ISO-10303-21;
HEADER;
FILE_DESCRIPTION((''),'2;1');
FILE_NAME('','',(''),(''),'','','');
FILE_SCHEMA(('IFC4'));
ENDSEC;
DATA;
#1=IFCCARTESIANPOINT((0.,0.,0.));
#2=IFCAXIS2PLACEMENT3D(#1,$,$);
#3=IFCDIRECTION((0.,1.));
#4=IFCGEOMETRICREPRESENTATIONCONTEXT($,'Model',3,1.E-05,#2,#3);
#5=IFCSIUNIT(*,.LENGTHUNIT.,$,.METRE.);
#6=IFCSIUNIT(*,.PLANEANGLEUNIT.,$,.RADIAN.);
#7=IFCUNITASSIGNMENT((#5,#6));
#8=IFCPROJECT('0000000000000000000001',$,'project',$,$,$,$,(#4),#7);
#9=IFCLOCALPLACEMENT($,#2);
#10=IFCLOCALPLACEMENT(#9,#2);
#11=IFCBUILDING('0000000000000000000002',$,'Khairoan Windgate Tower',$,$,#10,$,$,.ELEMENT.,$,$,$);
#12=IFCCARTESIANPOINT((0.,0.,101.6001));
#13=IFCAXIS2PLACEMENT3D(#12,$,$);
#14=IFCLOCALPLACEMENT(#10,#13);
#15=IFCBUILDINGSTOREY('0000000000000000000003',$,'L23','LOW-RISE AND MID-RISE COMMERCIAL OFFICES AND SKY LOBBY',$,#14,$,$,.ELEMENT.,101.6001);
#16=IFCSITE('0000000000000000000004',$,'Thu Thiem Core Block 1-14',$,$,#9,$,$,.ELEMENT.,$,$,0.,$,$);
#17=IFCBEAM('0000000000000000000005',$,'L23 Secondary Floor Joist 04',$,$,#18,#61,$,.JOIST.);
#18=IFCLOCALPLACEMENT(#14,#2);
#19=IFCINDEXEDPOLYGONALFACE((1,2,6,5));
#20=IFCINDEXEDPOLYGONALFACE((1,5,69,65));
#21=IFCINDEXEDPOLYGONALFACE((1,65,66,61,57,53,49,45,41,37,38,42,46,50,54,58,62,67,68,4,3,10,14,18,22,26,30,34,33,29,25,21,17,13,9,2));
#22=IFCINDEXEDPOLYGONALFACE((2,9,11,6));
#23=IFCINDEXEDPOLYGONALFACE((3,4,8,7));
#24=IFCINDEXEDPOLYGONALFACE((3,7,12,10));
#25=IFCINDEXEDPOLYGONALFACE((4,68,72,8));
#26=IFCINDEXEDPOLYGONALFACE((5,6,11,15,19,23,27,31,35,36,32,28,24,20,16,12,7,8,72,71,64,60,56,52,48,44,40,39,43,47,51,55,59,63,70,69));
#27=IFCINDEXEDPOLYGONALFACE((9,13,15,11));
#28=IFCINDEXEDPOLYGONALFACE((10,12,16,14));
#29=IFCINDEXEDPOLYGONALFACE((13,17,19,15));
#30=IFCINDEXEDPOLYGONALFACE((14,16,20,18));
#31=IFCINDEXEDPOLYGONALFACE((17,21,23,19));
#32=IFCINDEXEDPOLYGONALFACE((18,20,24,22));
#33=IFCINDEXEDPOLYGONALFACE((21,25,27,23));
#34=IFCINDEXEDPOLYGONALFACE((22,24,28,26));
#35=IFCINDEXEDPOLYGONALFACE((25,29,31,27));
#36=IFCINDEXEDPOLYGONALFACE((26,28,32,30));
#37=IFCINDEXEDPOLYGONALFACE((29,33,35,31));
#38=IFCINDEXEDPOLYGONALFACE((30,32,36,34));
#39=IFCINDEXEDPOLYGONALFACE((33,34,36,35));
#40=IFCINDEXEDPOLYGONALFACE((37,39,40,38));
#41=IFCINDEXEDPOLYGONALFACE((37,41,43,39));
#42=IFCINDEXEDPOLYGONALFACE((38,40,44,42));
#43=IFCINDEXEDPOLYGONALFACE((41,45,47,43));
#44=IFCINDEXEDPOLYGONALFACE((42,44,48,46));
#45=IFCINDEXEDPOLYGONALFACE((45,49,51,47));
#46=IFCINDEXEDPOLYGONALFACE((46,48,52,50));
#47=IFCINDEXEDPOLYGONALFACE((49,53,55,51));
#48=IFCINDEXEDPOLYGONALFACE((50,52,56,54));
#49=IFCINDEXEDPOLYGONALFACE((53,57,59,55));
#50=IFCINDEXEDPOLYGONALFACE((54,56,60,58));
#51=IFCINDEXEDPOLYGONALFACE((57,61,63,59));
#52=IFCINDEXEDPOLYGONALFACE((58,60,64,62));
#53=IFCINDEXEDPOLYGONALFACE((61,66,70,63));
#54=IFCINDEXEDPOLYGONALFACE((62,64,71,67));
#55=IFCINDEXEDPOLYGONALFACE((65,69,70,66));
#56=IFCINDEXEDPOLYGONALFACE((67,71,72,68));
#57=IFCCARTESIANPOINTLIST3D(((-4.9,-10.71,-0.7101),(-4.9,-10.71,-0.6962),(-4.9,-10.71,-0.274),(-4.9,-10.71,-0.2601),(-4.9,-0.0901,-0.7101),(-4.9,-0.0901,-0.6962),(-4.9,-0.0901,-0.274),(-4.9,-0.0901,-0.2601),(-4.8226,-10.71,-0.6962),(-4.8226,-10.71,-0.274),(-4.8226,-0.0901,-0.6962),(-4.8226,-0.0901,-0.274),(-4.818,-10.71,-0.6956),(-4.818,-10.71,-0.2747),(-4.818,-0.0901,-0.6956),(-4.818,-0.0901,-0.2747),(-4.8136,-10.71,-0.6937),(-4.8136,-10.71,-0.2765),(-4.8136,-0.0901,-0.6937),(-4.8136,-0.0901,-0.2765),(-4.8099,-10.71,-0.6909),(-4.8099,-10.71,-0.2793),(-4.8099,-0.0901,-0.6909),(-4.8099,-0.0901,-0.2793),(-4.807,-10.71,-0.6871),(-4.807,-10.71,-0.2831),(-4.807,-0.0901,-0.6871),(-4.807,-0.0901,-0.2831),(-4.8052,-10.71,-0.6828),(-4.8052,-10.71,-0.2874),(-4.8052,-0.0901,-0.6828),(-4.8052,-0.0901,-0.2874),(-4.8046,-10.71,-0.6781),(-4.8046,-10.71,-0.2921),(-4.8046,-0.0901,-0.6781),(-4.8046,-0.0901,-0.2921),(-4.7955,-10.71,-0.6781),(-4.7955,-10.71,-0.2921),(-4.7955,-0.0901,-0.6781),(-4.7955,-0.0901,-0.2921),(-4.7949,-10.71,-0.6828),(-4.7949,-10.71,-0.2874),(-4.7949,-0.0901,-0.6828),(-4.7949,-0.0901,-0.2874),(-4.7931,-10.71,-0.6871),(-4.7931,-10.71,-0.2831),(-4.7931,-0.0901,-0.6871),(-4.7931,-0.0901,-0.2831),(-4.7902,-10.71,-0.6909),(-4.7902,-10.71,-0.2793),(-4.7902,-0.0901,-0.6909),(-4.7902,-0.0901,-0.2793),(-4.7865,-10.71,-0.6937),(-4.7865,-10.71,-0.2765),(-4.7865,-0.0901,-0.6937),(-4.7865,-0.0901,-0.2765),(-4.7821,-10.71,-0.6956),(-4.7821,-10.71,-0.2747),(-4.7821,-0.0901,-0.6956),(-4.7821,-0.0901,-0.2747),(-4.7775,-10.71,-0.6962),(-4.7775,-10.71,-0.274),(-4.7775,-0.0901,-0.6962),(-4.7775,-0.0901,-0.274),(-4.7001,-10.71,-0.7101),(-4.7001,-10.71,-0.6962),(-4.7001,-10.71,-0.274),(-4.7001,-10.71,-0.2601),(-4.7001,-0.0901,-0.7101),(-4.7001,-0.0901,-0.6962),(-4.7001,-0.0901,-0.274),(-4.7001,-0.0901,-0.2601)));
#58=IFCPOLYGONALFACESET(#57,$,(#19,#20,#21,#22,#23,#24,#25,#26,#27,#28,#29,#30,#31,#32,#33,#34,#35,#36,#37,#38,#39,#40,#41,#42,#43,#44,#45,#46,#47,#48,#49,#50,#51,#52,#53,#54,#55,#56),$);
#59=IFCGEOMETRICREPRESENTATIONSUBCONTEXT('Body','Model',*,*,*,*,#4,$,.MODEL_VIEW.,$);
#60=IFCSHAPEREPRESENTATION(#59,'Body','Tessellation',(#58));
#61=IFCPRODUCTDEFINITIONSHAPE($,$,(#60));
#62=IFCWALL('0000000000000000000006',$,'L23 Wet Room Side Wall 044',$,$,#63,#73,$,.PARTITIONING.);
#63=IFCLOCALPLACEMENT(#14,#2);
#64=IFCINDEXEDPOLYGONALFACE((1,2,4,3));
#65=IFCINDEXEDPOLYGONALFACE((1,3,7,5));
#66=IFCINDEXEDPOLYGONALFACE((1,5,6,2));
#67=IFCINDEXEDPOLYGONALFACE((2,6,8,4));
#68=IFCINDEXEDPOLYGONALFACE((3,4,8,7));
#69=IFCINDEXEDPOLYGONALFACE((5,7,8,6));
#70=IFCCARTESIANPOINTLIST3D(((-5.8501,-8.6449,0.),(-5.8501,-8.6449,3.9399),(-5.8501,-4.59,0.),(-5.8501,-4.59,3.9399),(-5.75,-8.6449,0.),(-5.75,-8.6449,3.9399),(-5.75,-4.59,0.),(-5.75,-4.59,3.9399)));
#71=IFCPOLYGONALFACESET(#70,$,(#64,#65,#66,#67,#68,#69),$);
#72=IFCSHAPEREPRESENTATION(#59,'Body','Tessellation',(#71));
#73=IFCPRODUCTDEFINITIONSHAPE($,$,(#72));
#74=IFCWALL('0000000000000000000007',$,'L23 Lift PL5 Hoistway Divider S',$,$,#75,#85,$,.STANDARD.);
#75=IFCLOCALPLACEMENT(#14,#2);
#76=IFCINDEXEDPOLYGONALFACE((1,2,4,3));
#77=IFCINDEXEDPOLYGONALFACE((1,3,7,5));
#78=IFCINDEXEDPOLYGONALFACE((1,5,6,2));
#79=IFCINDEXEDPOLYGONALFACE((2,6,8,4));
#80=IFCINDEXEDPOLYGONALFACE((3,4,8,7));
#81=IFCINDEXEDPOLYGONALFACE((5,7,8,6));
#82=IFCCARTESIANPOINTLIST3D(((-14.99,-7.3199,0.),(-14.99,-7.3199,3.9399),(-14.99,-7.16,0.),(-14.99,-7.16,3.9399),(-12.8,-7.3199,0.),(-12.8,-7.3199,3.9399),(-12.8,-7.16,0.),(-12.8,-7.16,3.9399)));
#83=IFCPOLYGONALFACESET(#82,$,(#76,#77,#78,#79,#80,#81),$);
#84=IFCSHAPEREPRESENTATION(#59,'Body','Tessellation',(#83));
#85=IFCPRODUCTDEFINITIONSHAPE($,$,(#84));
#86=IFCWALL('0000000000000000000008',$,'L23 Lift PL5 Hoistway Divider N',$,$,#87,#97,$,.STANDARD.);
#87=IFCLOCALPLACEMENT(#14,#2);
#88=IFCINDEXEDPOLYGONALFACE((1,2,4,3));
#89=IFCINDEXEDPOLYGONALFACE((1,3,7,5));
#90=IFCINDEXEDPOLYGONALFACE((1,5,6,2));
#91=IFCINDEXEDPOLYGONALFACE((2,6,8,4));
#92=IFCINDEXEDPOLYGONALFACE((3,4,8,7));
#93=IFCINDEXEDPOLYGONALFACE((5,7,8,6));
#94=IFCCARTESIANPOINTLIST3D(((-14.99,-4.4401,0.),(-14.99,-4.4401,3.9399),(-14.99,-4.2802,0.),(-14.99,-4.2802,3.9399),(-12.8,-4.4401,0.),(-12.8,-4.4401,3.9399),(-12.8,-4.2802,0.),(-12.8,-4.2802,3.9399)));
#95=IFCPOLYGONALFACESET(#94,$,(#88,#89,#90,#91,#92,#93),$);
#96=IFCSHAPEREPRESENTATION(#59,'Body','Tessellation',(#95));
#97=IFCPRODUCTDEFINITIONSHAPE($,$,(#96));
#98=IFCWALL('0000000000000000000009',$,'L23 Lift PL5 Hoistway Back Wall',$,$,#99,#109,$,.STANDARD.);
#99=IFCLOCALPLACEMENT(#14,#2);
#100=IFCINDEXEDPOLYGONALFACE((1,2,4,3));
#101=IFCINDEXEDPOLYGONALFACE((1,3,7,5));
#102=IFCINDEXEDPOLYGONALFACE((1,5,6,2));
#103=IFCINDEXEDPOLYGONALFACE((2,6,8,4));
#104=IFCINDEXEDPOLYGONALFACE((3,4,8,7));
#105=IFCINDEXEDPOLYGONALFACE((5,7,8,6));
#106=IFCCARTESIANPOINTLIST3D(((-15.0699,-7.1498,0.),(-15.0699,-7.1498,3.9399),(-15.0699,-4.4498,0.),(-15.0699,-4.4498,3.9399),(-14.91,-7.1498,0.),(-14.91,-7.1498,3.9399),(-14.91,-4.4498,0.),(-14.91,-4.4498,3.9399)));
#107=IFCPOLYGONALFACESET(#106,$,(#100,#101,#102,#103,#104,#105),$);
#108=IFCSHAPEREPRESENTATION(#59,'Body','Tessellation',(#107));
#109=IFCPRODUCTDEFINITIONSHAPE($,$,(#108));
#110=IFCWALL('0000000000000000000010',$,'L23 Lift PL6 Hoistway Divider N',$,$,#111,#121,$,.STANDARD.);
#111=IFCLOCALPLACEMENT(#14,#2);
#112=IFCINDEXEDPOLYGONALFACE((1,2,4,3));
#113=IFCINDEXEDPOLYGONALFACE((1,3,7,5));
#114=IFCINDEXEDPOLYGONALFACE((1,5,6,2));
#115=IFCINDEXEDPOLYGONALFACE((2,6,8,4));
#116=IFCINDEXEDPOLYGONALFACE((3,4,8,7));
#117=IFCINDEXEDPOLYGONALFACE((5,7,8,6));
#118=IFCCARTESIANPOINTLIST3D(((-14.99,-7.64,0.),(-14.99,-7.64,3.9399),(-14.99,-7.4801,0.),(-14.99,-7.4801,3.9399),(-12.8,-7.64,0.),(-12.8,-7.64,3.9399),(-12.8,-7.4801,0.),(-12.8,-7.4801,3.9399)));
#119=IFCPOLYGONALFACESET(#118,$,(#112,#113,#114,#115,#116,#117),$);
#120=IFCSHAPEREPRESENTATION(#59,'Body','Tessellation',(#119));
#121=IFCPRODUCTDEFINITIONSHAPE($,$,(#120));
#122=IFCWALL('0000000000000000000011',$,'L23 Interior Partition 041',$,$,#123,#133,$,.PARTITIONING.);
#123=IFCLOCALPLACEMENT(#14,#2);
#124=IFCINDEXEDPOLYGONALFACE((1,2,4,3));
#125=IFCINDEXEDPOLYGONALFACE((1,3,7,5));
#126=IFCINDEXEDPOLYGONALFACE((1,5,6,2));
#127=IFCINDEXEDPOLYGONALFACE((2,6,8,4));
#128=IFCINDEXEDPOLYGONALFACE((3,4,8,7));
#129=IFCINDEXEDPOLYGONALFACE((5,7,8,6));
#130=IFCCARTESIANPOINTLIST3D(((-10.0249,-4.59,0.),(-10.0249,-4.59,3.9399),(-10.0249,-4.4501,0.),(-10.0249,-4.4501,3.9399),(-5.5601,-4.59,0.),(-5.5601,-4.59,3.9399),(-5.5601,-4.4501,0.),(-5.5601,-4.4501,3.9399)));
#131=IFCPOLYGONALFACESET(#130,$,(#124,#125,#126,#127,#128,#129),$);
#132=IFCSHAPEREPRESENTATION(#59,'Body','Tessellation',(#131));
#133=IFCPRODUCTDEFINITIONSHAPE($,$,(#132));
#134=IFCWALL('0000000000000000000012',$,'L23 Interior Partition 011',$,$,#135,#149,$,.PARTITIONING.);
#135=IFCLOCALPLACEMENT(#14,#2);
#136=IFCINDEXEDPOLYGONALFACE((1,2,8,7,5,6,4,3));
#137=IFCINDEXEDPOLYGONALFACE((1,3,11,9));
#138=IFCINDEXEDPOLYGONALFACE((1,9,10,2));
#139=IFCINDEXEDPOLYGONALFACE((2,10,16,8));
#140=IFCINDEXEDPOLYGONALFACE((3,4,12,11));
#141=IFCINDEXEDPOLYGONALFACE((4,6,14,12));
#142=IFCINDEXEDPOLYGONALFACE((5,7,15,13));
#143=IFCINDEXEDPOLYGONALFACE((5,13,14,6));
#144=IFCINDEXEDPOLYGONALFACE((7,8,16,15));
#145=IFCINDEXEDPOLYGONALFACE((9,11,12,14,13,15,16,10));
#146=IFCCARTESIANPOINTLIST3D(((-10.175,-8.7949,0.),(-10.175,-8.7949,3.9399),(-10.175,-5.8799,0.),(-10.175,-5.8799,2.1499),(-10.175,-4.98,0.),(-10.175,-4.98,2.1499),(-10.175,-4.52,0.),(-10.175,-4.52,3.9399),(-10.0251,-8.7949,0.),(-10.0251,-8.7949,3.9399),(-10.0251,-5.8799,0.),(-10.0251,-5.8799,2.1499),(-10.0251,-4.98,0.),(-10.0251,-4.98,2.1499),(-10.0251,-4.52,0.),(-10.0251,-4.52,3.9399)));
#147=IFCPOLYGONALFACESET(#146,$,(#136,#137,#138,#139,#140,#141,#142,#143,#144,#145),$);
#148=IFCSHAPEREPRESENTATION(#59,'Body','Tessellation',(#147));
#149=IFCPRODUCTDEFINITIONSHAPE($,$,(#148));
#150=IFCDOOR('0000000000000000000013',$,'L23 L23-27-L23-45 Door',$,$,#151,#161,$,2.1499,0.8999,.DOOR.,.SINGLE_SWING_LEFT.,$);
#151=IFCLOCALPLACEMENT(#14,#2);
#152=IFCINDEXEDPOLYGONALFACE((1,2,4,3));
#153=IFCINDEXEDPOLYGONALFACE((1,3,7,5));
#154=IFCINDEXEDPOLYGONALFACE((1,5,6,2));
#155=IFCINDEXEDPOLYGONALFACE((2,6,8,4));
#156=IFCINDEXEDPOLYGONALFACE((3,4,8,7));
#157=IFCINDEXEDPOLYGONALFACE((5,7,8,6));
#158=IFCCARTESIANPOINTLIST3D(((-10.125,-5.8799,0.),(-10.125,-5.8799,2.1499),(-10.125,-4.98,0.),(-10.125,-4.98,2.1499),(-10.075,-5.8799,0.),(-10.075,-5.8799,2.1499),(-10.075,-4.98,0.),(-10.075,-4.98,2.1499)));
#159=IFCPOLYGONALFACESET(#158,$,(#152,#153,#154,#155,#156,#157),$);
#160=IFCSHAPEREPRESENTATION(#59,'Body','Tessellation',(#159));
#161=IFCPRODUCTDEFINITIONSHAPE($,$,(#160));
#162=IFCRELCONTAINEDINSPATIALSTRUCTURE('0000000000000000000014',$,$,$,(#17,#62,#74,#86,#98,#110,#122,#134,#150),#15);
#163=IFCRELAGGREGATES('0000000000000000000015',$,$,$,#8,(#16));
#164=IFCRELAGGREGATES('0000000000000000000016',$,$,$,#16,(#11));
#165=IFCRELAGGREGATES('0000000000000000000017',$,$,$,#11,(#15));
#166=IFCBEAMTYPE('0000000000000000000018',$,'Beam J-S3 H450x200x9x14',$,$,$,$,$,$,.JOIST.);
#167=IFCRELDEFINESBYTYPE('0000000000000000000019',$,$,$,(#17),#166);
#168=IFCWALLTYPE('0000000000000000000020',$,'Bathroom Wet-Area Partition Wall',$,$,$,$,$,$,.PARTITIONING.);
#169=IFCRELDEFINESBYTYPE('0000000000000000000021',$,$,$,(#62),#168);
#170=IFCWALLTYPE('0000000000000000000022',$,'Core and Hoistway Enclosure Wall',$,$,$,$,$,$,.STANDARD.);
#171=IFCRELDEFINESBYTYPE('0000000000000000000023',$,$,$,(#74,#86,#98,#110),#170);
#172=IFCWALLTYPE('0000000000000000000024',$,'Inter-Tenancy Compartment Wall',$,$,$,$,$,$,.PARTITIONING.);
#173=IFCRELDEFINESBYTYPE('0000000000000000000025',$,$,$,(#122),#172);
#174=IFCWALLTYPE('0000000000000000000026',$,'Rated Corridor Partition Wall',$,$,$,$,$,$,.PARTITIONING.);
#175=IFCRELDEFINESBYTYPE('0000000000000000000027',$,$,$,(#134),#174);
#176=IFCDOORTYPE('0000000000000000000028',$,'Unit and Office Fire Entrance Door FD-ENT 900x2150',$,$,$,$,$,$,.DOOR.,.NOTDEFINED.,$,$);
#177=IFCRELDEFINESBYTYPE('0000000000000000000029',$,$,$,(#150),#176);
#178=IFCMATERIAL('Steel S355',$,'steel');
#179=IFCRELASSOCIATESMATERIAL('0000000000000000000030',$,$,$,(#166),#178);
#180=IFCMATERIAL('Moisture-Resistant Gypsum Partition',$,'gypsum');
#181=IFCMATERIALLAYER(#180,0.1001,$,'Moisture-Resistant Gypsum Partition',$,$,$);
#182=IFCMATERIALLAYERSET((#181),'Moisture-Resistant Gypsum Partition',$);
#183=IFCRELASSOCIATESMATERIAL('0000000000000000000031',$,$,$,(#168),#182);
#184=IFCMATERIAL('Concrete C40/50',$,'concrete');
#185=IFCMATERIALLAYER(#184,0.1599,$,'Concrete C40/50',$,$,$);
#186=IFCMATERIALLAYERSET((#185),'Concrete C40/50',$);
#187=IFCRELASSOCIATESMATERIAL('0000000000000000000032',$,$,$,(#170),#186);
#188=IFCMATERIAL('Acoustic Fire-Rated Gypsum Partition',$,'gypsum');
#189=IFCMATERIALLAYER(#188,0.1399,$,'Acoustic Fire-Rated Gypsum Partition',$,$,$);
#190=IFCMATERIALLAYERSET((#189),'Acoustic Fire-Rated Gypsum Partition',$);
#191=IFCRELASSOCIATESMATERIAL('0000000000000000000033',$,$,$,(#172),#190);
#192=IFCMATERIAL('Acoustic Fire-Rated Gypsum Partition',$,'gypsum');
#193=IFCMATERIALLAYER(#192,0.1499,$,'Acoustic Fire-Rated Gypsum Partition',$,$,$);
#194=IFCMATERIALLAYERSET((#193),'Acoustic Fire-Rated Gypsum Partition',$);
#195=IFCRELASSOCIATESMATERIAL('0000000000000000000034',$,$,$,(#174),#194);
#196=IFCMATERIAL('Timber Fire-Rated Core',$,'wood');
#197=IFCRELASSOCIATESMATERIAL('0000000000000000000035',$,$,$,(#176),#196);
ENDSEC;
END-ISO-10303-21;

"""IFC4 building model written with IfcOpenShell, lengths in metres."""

from ifc_helpers import new_model, si_unit, direction, frame, frame_2d, origin, origin_2d, place, context, subcontext, project, spatial, rectangle, i_section, extrude, material, layer, layer_set, material_profile, profile_set, type_object, element, fill, save


model = new_model("IFC4")

# Units and contexts
model_context = context("Model", 3, precision=1e-05, world=origin(), true_north=direction((0.0, 1.0)))
body_context = subcontext(model_context, "Body", "Model", "MODEL_VIEW")
ifc_project = project(units=[si_unit("LENGTHUNIT", "METRE"), si_unit("PLANEANGLEUNIT", "RADIAN")], contexts=[model_context])

# Site, building, storey
site_placement = place(None, origin())
site = spatial("IfcSite", under=ifc_project, at=site_placement, Name="Thu Thiem Core Block 1-14", CompositionType="ELEMENT", RefElevation=0.0)
building_placement = place(site_placement, origin())
building = spatial("IfcBuilding", under=site, at=building_placement, Name="Khairoan Windgate Tower", CompositionType="ELEMENT")
storey_placement = place(building_placement, frame((0.0, 0.0, 101.6001)))
storey = spatial("IfcBuildingStorey", under=building, at=storey_placement, Name="L23", Description="LOW-RISE AND MID-RISE COMMERCIAL OFFICES AND SKY LOBBY", CompositionType="ELEMENT", Elevation=101.6001)

# Beam
ifc_material_1 = material(Name="Steel S355", Category="steel")
ifc_material_profile_1 = material_profile(ifc_material_1, i_section(OverallWidth=0.2, OverallDepth=0.45, WebThickness=0.009, FlangeThickness=0.0139, FilletRadius=0.0181, at=origin_2d()))
ifc_profile_set_1 = profile_set([ifc_material_profile_1], Name="Steel S355")
beam_type_1 = type_object("IfcBeamType", Name="Beam J-S3 H450x200x9x14", PredefinedType="JOIST", material=ifc_profile_set_1)
beam_1_placement = place(storey_placement, frame((-4.8, -10.71, -0.4851), z_axis=(0.0, 1.0, 0.0), x_axis=(-1.0, 0.0, 0.0)))
element("IfcBeam", 1, at=beam_1_placement, inside=storey, type_object=beam_type_1, Name="L23 Secondary Floor Joist 04", PredefinedType="JOIST", context=body_context, shape_type="SweptSolid", body=[
    extrude(i_section(OverallWidth=0.2, OverallDepth=0.45, WebThickness=0.009, FlangeThickness=0.0139, FilletRadius=0.0181, at=origin_2d()), origin(), (0.0, 0.0, 1.0), 10.6199),
])

# Walls
ifc_material_2 = material(Name="Moisture-Resistant Gypsum Partition", Category="gypsum")
ifc_layer_1 = layer(ifc_material_2, 0.1001, Name="Moisture-Resistant Gypsum Partition")
ifc_layer_set_1 = layer_set([ifc_layer_1], Name="Moisture-Resistant Gypsum Partition")
wall_type_1 = type_object("IfcWallType", Name="Bathroom Wet-Area Partition Wall", PredefinedType="PARTITIONING", material=ifc_layer_set_1)
wall_1_placement = place(storey_placement, frame((-5.8, -4.5901, 0.0), z_axis=(0.0, 0.0, 1.0), x_axis=(0.0, -1.0, 0.0)))
element("IfcWall", 2, at=wall_1_placement, inside=storey, type_object=wall_type_1, Name="L23 Wet Room Side Wall 044", PredefinedType="PARTITIONING", context=body_context, shape_type="SweptSolid", body=[
    extrude(rectangle(XDim=4.0549, YDim=0.1001, at=frame_2d((2.0273, 0.0))), origin(), (0.0, 0.0, 1.0), 3.9399),
])
ifc_material_3 = material(Name="Concrete C40/50", Category="concrete")
ifc_layer_2 = layer(ifc_material_3, 0.1599, Name="Concrete C40/50")
ifc_layer_set_2 = layer_set([ifc_layer_2], Name="Concrete C40/50")
wall_type_2 = type_object("IfcWallType", Name="Core and Hoistway Enclosure Wall", PredefinedType="STANDARD", material=ifc_layer_set_2)
for number, where, z_axis, x_axis, name in (
    (3, (-14.99, -7.24, 0.0), (0.0, 0.0, 1.0), (1.0, 0.0, 0.0), "L23 Lift PL5 Hoistway Divider S"),
    (4, (-14.99, -4.3601, 0.0), (0.0, 0.0, 1.0), (1.0, 0.0, 0.0), "L23 Lift PL5 Hoistway Divider N"),
):
    element("IfcWall", number, at=place(storey_placement, frame(where, z_axis=z_axis, x_axis=x_axis)), inside=storey, type_object=wall_type_2, Name=name, PredefinedType="STANDARD", context=body_context, shape_type="SweptSolid", body=[
        extrude(rectangle(XDim=2.1899, YDim=0.1599, at=frame_2d((1.095, 0.0))), origin(), (0.0, 0.0, 1.0), 3.9399),
    ])
wall_2_placement = place(storey_placement, frame((-14.99, -7.1499, 0.0), z_axis=(0.0, 0.0, 1.0), x_axis=(0.0, 1.0, 0.0)))
element("IfcWall", 5, at=wall_2_placement, inside=storey, type_object=wall_type_2, Name="L23 Lift PL5 Hoistway Back Wall", PredefinedType="STANDARD", context=body_context, shape_type="SweptSolid", body=[
    extrude(rectangle(XDim=2.7, YDim=0.1599, at=frame_2d((1.3501, 0.0))), origin(), (0.0, 0.0, 1.0), 3.9399),
])
wall_3_placement = place(storey_placement, frame((-14.99, -7.5601, 0.0), z_axis=(0.0, 0.0, 1.0), x_axis=(1.0, 0.0, 0.0)))
element("IfcWall", 6, at=wall_3_placement, inside=storey, type_object=wall_type_2, Name="L23 Lift PL6 Hoistway Divider N", PredefinedType="STANDARD", context=body_context, shape_type="SweptSolid", body=[
    extrude(rectangle(XDim=2.1899, YDim=0.1599, at=frame_2d((1.095, 0.0))), origin(), (0.0, 0.0, 1.0), 3.9399),
])
ifc_material_4 = material(Name="Acoustic Fire-Rated Gypsum Partition", Category="gypsum")
ifc_layer_3 = layer(ifc_material_4, 0.1399, Name="Acoustic Fire-Rated Gypsum Partition")
ifc_layer_set_3 = layer_set([ifc_layer_3], Name="Acoustic Fire-Rated Gypsum Partition")
wall_type_3 = type_object("IfcWallType", Name="Inter-Tenancy Compartment Wall", PredefinedType="PARTITIONING", material=ifc_layer_set_3)
wall_4_placement = place(storey_placement, frame((-10.0249, -4.52, 0.0), z_axis=(0.0, 0.0, 1.0), x_axis=(1.0, 0.0, 0.0)))
element("IfcWall", 7, at=wall_4_placement, inside=storey, type_object=wall_type_3, Name="L23 Interior Partition 041", PredefinedType="PARTITIONING", context=body_context, shape_type="SweptSolid", body=[
    extrude(rectangle(XDim=4.4648, YDim=0.1399, at=frame_2d((2.2324, 0.0))), origin(), (0.0, 0.0, 1.0), 3.9399),
])

# Wall, opening, door
ifc_material_5 = material(Name="Acoustic Fire-Rated Gypsum Partition", Category="gypsum")
ifc_layer_4 = layer(ifc_material_5, 0.1499, Name="Acoustic Fire-Rated Gypsum Partition")
ifc_layer_set_4 = layer_set([ifc_layer_4], Name="Acoustic Fire-Rated Gypsum Partition")
wall_type_4 = type_object("IfcWallType", Name="Rated Corridor Partition Wall", PredefinedType="PARTITIONING", material=ifc_layer_set_4)
wall_5_placement = place(storey_placement, frame((-10.1001, -8.7949, 0.0), z_axis=(0.0, 0.0, 1.0), x_axis=(0.0, 1.0, 0.0)))
wall_5 = element("IfcWall", 8, at=wall_5_placement, inside=storey, type_object=wall_type_4, Name="L23 Interior Partition 011", PredefinedType="PARTITIONING", context=body_context, shape_type="SweptSolid", body=[
    extrude(rectangle(XDim=4.2749, YDim=0.1499, at=frame_2d((2.1375, 0.0))), origin(), (0.0, 0.0, 1.0), 3.9399),
])
opening_1_placement = place(wall_5_placement, frame((2.915, 0.0, 0.0)))
opening_1 = element("IfcOpeningElement", 9, at=opening_1_placement, cuts=wall_5, PredefinedType="OPENING", context=body_context, shape_type="SweptSolid", body=[
    extrude(rectangle(XDim=0.8999, YDim=2.1499, at=frame_2d((0.45, 1.075))), frame((0.0, 0.085, 0.0), z_axis=(0.0, -1.0, 0.0), x_axis=(1.0, 0.0, 0.0)), (0.0, 0.0, 1.0), 0.1699),
])
ifc_material_6 = material(Name="Timber Fire-Rated Core", Category="wood")
door_type = type_object("IfcDoorType", Name="Unit and Office Fire Entrance Door FD-ENT 900x2150", OperationType="NOTDEFINED", PredefinedType="DOOR", material=ifc_material_6)
door_1_placement = place(opening_1_placement, origin())
door_1 = element("IfcDoor", 10, at=door_1_placement, inside=storey, type_object=door_type, Name="L23 L23-27-L23-45 Door", OperationType="SINGLE_SWING_LEFT", OverallHeight=2.1499, OverallWidth=0.8999, PredefinedType="DOOR", context=body_context, shape_type="SweptSolid", body=[
    extrude(rectangle(XDim=0.8999, YDim=2.1499, at=frame_2d((0.45, 1.075))), frame((0.0, 0.0249, 0.0), z_axis=(0.0, -1.0, 0.0), x_axis=(1.0, 0.0, 0.0)), (0.0, 0.0, 1.0), 0.05),
])
fill(opening_1, door_1)

save(model, "model.ifc")
